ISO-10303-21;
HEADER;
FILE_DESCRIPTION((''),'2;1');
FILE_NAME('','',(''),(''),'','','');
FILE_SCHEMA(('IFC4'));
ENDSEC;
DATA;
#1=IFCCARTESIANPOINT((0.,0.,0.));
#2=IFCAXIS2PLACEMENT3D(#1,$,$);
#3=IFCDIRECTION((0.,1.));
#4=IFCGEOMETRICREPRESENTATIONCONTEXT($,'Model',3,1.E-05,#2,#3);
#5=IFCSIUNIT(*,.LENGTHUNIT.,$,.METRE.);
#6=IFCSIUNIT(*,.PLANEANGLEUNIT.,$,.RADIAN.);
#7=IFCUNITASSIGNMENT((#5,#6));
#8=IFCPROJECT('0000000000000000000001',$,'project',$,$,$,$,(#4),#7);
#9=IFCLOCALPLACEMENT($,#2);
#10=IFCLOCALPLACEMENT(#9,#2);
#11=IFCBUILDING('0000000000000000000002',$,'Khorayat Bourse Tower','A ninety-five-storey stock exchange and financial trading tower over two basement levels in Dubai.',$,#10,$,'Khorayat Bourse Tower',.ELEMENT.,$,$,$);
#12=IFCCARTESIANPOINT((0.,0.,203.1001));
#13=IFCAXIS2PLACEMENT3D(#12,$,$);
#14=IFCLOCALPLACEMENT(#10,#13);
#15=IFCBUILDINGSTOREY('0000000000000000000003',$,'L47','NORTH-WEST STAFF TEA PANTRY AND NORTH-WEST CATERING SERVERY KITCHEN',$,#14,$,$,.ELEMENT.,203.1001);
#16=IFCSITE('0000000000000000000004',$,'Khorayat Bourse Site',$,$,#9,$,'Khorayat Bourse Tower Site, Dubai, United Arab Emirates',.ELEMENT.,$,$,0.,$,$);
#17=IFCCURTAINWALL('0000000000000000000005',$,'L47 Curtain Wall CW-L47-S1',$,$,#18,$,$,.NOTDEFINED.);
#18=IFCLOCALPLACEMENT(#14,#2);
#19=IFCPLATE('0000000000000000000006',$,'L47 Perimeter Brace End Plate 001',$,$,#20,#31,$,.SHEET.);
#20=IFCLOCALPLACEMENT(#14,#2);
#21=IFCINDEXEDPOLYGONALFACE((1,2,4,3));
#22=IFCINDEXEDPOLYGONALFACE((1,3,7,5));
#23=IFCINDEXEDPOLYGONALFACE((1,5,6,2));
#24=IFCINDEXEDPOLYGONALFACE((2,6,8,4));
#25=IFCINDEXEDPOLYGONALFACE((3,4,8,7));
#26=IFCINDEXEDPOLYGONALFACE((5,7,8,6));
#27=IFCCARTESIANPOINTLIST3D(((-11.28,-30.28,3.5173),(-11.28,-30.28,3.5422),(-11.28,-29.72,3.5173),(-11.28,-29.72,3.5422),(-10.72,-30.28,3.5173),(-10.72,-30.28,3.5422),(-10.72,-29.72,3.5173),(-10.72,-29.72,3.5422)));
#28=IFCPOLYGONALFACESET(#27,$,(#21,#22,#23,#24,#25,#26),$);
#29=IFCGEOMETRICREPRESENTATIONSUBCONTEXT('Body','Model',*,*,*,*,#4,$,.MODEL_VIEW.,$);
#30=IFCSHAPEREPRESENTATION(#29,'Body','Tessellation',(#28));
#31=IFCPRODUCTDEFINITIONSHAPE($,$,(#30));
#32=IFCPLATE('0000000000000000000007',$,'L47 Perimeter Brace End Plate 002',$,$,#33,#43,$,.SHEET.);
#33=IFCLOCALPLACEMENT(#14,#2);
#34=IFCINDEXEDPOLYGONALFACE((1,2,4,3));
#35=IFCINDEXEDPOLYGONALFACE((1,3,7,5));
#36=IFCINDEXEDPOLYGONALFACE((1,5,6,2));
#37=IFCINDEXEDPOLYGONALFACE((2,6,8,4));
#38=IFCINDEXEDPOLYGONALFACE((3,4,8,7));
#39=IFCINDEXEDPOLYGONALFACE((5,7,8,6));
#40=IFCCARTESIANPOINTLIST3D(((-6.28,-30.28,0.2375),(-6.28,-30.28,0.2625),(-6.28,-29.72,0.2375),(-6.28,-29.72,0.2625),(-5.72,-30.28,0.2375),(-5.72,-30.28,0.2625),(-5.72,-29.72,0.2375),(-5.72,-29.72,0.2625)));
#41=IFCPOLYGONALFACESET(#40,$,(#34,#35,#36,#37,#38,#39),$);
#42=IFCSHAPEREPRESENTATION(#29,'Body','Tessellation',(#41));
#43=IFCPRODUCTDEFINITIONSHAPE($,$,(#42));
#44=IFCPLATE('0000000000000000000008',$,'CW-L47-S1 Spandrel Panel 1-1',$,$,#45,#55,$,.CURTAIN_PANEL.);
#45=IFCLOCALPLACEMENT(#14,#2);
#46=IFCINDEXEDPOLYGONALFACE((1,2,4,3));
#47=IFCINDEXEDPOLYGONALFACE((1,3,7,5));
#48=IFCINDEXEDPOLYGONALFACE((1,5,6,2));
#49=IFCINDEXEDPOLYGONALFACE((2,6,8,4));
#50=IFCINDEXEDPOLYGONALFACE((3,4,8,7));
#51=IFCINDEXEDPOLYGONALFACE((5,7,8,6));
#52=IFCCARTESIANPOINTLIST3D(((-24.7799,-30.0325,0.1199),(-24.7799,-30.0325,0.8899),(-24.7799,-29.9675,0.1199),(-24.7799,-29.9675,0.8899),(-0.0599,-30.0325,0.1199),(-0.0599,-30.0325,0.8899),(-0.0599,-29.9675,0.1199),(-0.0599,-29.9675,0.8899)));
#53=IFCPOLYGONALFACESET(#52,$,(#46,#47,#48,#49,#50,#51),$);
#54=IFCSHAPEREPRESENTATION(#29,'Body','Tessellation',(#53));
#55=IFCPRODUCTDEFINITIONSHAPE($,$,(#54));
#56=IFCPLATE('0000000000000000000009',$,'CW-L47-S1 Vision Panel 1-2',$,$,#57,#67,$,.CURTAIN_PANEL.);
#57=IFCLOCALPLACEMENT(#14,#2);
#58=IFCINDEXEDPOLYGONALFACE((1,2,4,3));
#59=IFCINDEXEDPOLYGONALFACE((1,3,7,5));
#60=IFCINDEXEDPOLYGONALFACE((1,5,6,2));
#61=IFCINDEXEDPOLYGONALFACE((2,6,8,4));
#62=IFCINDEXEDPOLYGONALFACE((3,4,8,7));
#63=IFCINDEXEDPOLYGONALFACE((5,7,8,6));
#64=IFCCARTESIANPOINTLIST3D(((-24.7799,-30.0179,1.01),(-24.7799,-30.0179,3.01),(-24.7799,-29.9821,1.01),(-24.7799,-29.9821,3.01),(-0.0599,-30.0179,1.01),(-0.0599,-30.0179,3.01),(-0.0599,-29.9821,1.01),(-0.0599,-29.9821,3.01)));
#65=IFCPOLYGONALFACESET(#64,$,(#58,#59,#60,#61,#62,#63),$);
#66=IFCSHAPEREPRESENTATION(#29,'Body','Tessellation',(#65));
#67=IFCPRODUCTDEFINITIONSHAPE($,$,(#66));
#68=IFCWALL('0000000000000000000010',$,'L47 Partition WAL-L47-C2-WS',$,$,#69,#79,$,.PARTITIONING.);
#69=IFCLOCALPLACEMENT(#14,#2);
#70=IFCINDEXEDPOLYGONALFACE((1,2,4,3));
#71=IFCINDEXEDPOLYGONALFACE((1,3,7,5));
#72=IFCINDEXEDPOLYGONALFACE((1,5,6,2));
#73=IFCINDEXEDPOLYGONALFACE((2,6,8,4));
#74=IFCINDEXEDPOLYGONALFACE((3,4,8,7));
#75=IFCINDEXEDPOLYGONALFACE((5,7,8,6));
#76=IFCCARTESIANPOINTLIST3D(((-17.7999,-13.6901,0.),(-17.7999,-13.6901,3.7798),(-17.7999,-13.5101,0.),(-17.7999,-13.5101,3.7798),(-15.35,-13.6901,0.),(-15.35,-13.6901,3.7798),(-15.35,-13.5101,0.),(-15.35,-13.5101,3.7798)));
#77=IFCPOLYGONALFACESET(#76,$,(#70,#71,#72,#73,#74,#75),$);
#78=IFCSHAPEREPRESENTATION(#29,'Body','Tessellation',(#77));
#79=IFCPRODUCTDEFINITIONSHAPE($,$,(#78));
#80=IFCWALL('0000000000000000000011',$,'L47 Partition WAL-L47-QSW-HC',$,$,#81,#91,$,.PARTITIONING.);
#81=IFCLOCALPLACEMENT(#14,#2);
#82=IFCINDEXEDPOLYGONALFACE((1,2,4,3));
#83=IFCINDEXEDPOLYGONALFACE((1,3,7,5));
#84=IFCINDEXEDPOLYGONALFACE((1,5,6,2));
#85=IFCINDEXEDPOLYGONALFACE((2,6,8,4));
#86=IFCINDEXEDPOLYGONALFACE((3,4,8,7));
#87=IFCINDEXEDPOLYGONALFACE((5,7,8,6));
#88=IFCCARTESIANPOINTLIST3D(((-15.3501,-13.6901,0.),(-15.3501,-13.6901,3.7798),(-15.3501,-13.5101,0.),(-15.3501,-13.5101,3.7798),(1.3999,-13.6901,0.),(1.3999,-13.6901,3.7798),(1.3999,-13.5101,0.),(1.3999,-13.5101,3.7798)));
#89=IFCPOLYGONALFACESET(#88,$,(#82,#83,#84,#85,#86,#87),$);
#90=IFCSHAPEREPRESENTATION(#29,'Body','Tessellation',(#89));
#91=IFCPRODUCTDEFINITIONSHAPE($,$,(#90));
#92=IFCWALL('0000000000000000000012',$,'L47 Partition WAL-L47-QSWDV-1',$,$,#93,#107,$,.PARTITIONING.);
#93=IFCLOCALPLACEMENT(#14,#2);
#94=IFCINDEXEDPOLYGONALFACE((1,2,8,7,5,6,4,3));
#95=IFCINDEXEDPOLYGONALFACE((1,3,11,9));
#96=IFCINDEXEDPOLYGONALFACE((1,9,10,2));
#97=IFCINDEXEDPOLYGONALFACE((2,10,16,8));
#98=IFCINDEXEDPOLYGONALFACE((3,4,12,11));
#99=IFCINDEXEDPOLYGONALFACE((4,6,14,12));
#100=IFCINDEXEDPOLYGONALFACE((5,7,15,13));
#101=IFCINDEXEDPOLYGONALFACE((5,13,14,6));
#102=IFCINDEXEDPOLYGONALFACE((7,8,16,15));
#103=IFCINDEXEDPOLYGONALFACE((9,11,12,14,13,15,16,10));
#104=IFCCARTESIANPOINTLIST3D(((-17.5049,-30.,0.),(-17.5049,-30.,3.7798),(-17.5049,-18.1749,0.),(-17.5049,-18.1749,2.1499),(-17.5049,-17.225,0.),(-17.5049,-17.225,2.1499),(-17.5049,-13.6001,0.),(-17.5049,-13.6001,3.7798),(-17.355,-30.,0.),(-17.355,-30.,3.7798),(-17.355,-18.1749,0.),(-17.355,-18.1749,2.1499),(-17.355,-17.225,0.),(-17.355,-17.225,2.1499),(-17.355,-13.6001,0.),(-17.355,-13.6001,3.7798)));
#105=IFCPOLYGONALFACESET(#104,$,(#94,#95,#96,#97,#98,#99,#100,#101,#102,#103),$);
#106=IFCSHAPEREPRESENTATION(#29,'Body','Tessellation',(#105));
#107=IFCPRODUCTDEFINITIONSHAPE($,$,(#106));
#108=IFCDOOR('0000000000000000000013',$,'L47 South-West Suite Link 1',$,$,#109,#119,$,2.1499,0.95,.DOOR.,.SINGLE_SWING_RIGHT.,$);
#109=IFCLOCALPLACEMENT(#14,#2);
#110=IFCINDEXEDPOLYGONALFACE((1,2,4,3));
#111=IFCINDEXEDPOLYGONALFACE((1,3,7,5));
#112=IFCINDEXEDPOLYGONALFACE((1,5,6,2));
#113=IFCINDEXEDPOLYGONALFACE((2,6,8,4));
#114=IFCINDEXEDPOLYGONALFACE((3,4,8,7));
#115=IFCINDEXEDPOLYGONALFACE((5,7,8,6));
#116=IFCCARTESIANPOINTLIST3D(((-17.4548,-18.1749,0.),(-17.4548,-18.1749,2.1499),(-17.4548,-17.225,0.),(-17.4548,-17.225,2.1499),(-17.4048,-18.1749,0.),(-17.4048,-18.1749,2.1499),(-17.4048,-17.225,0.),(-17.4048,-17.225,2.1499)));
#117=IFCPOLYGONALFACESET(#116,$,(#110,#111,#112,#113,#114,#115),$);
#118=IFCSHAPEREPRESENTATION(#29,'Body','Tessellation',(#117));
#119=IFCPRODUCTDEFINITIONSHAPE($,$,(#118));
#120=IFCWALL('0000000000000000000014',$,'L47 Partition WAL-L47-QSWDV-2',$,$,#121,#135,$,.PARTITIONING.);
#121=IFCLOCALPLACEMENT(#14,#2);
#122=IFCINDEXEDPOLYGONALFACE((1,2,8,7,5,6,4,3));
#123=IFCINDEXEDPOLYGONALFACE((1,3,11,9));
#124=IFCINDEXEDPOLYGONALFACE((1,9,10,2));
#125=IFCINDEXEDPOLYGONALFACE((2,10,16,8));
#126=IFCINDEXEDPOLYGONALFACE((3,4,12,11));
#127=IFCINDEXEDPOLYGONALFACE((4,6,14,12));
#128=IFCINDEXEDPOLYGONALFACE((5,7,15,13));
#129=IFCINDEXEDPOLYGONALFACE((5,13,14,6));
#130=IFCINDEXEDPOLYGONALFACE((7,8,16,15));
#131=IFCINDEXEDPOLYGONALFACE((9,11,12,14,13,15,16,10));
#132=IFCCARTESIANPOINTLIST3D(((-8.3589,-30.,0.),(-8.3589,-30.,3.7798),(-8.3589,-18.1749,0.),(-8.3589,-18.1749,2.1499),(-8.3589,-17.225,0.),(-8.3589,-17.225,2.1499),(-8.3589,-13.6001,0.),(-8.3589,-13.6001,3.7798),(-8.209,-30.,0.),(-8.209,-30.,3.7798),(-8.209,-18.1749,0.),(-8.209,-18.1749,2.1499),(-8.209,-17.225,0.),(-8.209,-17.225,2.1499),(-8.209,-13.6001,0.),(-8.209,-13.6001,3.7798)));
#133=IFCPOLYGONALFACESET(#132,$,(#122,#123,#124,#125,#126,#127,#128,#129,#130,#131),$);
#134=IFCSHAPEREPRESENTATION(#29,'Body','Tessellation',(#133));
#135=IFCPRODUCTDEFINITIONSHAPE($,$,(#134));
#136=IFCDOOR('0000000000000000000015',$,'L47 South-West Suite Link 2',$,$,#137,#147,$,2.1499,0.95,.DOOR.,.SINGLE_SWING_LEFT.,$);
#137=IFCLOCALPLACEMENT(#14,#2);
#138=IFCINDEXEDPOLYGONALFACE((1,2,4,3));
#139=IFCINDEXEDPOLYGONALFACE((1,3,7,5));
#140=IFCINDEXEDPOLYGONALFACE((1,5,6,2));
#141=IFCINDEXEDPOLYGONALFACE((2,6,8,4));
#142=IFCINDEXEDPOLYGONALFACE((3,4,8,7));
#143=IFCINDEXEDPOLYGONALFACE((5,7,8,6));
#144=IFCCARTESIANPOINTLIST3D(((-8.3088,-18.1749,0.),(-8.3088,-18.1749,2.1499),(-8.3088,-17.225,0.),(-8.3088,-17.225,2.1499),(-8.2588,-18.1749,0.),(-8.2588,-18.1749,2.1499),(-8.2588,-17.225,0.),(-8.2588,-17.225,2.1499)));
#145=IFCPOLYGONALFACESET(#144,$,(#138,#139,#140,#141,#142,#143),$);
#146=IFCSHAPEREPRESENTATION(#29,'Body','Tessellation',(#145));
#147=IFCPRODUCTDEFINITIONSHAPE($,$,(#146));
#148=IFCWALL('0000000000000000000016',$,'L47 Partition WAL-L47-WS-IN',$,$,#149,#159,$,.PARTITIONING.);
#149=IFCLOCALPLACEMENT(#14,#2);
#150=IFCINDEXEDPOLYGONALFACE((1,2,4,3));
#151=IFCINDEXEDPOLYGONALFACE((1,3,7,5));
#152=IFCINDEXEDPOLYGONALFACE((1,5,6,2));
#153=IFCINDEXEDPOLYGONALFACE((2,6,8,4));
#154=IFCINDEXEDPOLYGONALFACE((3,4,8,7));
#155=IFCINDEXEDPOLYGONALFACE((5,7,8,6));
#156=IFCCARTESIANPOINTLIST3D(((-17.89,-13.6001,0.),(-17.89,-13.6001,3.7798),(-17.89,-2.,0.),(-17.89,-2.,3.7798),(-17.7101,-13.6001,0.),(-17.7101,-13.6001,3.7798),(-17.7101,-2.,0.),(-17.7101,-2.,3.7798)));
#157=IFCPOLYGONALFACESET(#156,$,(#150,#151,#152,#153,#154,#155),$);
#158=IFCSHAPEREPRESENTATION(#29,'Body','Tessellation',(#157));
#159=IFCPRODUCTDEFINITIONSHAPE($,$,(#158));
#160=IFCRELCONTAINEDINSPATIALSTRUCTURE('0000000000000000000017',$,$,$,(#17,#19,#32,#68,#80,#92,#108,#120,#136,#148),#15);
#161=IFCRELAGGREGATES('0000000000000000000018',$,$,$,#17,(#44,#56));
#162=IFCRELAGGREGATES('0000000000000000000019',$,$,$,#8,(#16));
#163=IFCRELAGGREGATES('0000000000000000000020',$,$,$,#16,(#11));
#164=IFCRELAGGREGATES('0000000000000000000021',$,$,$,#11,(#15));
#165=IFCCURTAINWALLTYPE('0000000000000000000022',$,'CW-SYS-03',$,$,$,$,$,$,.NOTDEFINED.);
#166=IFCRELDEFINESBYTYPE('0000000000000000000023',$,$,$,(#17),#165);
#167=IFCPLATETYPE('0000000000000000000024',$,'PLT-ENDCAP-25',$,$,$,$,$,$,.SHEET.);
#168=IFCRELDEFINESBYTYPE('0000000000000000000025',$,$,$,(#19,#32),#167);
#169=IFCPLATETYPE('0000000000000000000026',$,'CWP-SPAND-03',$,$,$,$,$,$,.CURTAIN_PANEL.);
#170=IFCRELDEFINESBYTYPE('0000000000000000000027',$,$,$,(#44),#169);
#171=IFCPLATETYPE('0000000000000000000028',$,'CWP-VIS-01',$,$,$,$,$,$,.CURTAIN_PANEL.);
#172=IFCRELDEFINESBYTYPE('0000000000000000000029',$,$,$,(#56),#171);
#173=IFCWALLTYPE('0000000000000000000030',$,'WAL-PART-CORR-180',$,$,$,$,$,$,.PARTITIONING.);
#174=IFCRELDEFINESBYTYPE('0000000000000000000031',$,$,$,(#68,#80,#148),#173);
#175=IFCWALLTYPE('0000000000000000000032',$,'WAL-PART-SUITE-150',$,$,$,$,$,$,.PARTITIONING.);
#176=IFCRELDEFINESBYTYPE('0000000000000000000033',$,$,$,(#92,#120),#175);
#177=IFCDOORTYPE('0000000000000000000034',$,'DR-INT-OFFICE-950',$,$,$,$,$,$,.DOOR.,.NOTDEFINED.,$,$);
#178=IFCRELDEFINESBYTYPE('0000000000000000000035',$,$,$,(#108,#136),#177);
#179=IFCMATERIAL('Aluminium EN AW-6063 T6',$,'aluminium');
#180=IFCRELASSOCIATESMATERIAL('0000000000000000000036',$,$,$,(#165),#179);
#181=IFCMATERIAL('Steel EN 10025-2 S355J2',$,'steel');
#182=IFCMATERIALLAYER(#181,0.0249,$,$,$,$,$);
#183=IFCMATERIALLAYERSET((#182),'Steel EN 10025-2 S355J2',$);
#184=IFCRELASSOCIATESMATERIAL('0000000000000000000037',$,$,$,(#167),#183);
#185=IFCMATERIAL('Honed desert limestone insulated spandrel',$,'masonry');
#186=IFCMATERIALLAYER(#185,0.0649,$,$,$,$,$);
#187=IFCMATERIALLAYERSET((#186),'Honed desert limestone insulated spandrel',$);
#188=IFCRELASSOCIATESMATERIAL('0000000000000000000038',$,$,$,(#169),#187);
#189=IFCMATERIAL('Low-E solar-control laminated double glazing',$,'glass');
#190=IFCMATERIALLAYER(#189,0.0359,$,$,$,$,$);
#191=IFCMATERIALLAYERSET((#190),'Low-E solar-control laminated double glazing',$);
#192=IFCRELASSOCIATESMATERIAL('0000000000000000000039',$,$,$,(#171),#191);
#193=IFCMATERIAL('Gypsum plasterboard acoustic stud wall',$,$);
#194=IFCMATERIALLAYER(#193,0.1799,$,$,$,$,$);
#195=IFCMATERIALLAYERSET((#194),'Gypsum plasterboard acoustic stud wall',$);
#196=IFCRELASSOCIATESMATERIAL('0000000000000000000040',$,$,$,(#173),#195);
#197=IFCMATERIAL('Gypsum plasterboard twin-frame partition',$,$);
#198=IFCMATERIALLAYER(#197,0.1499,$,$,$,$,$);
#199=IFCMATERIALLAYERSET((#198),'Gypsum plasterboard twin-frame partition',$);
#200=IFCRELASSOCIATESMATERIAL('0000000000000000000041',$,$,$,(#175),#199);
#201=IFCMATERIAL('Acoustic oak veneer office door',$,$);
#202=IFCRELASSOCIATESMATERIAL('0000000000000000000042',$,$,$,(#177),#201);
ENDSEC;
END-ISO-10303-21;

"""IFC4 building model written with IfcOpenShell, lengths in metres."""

from ifc_helpers import new_model, si_unit, direction, frame, frame_2d, origin, origin_2d, place, context, subcontext, project, spatial, rectangle, extrude, source, transform, mapped, material, layer, layer_set, type_object, element, fill, aggregate, save


model = new_model("IFC4")

# Units and contexts
model_context = context("Model", 3, precision=1e-05, world=origin(), true_north=direction((0.0, 1.0)))
body_context = subcontext(model_context, "Body", "Model", "MODEL_VIEW")
ifc_project = project(units=[si_unit("LENGTHUNIT", "METRE"), si_unit("PLANEANGLEUNIT", "RADIAN")], contexts=[model_context])

# Site, building, storey
site_placement = place(None, origin())
site = spatial("IfcSite", under=ifc_project, at=site_placement, Name="Khorayat Bourse Site", LongName="Khorayat Bourse Tower Site, Dubai, United Arab Emirates", CompositionType="ELEMENT", RefElevation=0.0)
building_placement = place(site_placement, origin())
building = spatial("IfcBuilding", under=site, at=building_placement, Name="Khorayat Bourse Tower", Description="A ninety-five-storey stock exchange and financial trading tower over two basement levels in Dubai.", LongName="Khorayat Bourse Tower", CompositionType="ELEMENT")
storey_placement = place(building_placement, frame((0.0, 0.0, 203.1001)))
storey = spatial("IfcBuildingStorey", under=building, at=storey_placement, Name="L47", Description="NORTH-WEST STAFF TEA PANTRY AND NORTH-WEST CATERING SERVERY KITCHEN", CompositionType="ELEMENT", Elevation=203.1001)

# Curtain wall
ifc_material_1 = material(Name="Aluminium EN AW-6063 T6", Category="aluminium")
curtain_wall_type = type_object("IfcCurtainWallType", Name="CW-SYS-03", PredefinedType="NOTDEFINED", material=ifc_material_1)
curtain_wall_placement = place(storey_placement, origin())
curtain_wall = element("IfcCurtainWall", 1, at=curtain_wall_placement, inside=storey, type_object=curtain_wall_type, Name="L47 Curtain Wall CW-L47-S1", PredefinedType="NOTDEFINED")

# Plates
ifc_material_2 = material(Name="Steel EN 10025-2 S355J2", Category="steel")
ifc_layer_1 = layer(ifc_material_2, 0.0249)
ifc_layer_set_1 = layer_set([ifc_layer_1], Name="Steel EN 10025-2 S355J2")
plate_type_1 = type_object("IfcPlateType", Name="PLT-ENDCAP-25", PredefinedType="SHEET", material=ifc_layer_set_1)
shared_shape_1 = source(origin(), body_context, "Body", "SweptSolid", [
    extrude(rectangle(XDim=0.5601, YDim=0.5601, at=origin_2d()), origin(), (0.0, 0.0, 1.0), 0.0249),
])
for number, where, z_axis, x_axis, name in (
    (2, (-11.0, -30.0, 3.5173), (0.0, 0.0, 1.0), (1.0, 0.0, 0.0), "L47 Perimeter Brace End Plate 001"),
    (3, (-6.0, -30.0, 0.2375), (0.0, 0.0, 1.0), (1.0, 0.0, 0.0), "L47 Perimeter Brace End Plate 002"),
):
    element("IfcPlate", number, at=place(storey_placement, frame(where, z_axis=z_axis, x_axis=x_axis)), inside=storey, type_object=plate_type_1, Name=name, PredefinedType="SHEET", context=body_context, shape_type="MappedRepresentation", body=[
        mapped(shared_shape_1, transform((0.0, 0.0, 0.0), scale=1.0)),
    ])

# Plates
ifc_material_3 = material(Name="Honed desert limestone insulated spandrel", Category="masonry")
ifc_layer_2 = layer(ifc_material_3, 0.0649)
ifc_layer_set_2 = layer_set([ifc_layer_2], Name="Honed desert limestone insulated spandrel")
plate_type_2 = type_object("IfcPlateType", Name="CWP-SPAND-03", PredefinedType="CURTAIN_PANEL", material=ifc_layer_set_2)
shared_shape_2 = source(origin(), body_context, "Body", "SweptSolid", [
    extrude(rectangle(XDim=24.72, YDim=0.0649, at=origin_2d()), origin(), (0.0, 0.0, 1.0), 0.77),
])
plate_1_placement = place(storey_placement, frame((-12.4199, -30.0, 0.1199), z_axis=(0.0, 0.0, 1.0), x_axis=(1.0, 0.0, 0.0)))
plate_1 = element("IfcPlate", 4, at=plate_1_placement, type_object=plate_type_2, Name="CW-L47-S1 Spandrel Panel 1-1", PredefinedType="CURTAIN_PANEL", context=body_context, shape_type="MappedRepresentation", body=[
    mapped(shared_shape_2, transform((0.0, 0.0, 0.0), scale=1.0)),
])
ifc_material_4 = material(Name="Low-E solar-control laminated double glazing", Category="glass")
ifc_layer_3 = layer(ifc_material_4, 0.0359)
ifc_layer_set_3 = layer_set([ifc_layer_3], Name="Low-E solar-control laminated double glazing")
plate_type_3 = type_object("IfcPlateType", Name="CWP-VIS-01", PredefinedType="CURTAIN_PANEL", material=ifc_layer_set_3)
shared_shape_3 = source(origin(), body_context, "Body", "SweptSolid", [
    extrude(rectangle(XDim=24.72, YDim=0.0359, at=origin_2d()), origin(), (0.0, 0.0, 1.0), 2.0),
])
plate_2_placement = place(storey_placement, frame((-12.4199, -30.0, 1.01), z_axis=(0.0, 0.0, 1.0), x_axis=(1.0, 0.0, 0.0)))
plate_2 = element("IfcPlate", 5, at=plate_2_placement, type_object=plate_type_3, Name="CW-L47-S1 Vision Panel 1-2", PredefinedType="CURTAIN_PANEL", context=body_context, shape_type="MappedRepresentation", body=[
    mapped(shared_shape_3, transform((0.0, 0.0, 0.0), scale=1.0)),
])
aggregate(curtain_wall, [plate_1, plate_2])

# Walls
ifc_material_5 = material(Name="Gypsum plasterboard acoustic stud wall")
ifc_layer_4 = layer(ifc_material_5, 0.1799)
ifc_layer_set_4 = layer_set([ifc_layer_4], Name="Gypsum plasterboard acoustic stud wall")
wall_type_1 = type_object("IfcWallType", Name="WAL-PART-CORR-180", PredefinedType="PARTITIONING", material=ifc_layer_set_4)
shared_shape_4 = source(origin(), body_context, "Body", "SweptSolid", [
    extrude(rectangle(XDim=2.45, YDim=0.1799, at=frame_2d((1.2251, 0.0))), origin(), (0.0, 0.0, 1.0), 3.7798),
])
wall_1_placement = place(storey_placement, frame((-17.8, -13.6001, 0.0), z_axis=(0.0, 0.0, 1.0), x_axis=(1.0, 0.0, 0.0)))
element("IfcWall", 6, at=wall_1_placement, inside=storey, type_object=wall_type_1, Name="L47 Partition WAL-L47-C2-WS", PredefinedType="PARTITIONING", context=body_context, shape_type="MappedRepresentation", body=[
    mapped(shared_shape_4, transform((0.0, 0.0, 0.0), scale=1.0)),
])
shared_shape_5 = source(origin(), body_context, "Body", "SweptSolid", [
    extrude(rectangle(XDim=16.75, YDim=0.1799, at=frame_2d((8.375, 0.0))), origin(), (0.0, 0.0, 1.0), 3.7798),
])
wall_2_placement = place(storey_placement, frame((-15.3501, -13.6001, 0.0), z_axis=(0.0, 0.0, 1.0), x_axis=(1.0, 0.0, 0.0)))
element("IfcWall", 7, at=wall_2_placement, inside=storey, type_object=wall_type_1, Name="L47 Partition WAL-L47-QSW-HC", PredefinedType="PARTITIONING", context=body_context, shape_type="MappedRepresentation", body=[
    mapped(shared_shape_5, transform((0.0, 0.0, 0.0), scale=1.0)),
])

# Walls, openings, doors
ifc_material_6 = material(Name="Gypsum plasterboard twin-frame partition")
ifc_layer_5 = layer(ifc_material_6, 0.1499)
ifc_layer_set_5 = layer_set([ifc_layer_5], Name="Gypsum plasterboard twin-frame partition")
wall_type_2 = type_object("IfcWallType", Name="WAL-PART-SUITE-150", PredefinedType="PARTITIONING", material=ifc_layer_set_5)
shared_shape_6 = source(origin(), body_context, "Body", "SweptSolid", [
    extrude(rectangle(XDim=16.3999, YDim=0.1499, at=frame_2d((8.2, 0.0))), origin(), (0.0, 0.0, 1.0), 3.7798),
])
wall_3_placement = place(storey_placement, frame((-17.4299, -30.0, 0.0), z_axis=(0.0, 0.0, 1.0), x_axis=(0.0, 1.0, 0.0)))
wall_3 = element("IfcWall", 8, at=wall_3_placement, inside=storey, type_object=wall_type_2, Name="L47 Partition WAL-L47-QSWDV-1", PredefinedType="PARTITIONING", context=body_context, shape_type="MappedRepresentation", body=[
    mapped(shared_shape_6, transform((0.0, 0.0, 0.0), scale=1.0)),
])
shared_shape_7 = source(origin(), body_context, "Body", "SweptSolid", [
    extrude(rectangle(XDim=0.95, YDim=2.1499, at=frame_2d((0.4751, 1.075))), frame((0.0, 0.085, 0.0), z_axis=(0.0, -1.0, 0.0), x_axis=(1.0, 0.0, 0.0)), (0.0, 0.0, 1.0), 0.1699),
])
opening_1_placement = place(wall_3_placement, frame((11.825, 0.0, 0.0)))
opening_1 = element("IfcOpeningElement", 9, at=opening_1_placement, cuts=wall_3, PredefinedType="OPENING", context=body_context, shape_type="MappedRepresentation", body=[
    mapped(shared_shape_7, transform((0.0, 0.0, 0.0), scale=1.0)),
])
ifc_material_7 = material(Name="Acoustic oak veneer office door")
door_type = type_object("IfcDoorType", Name="DR-INT-OFFICE-950", OperationType="NOTDEFINED", PredefinedType="DOOR", material=ifc_material_7)
shared_shape_8 = source(origin(), body_context, "Body", "SweptSolid", [
    extrude(rectangle(XDim=0.95, YDim=2.1499, at=frame_2d((0.4751, 1.075))), frame((0.0, 0.0249, 0.0), z_axis=(0.0, -1.0, 0.0), x_axis=(1.0, 0.0, 0.0)), (0.0, 0.0, 1.0), 0.05),
])
door_1_placement = place(opening_1_placement, origin())
door_1 = element("IfcDoor", 10, at=door_1_placement, inside=storey, type_object=door_type, Name="L47 South-West Suite Link 1", OperationType="SINGLE_SWING_RIGHT", OverallHeight=2.1499, OverallWidth=0.95, PredefinedType="DOOR", context=body_context, shape_type="MappedRepresentation", body=[
    mapped(shared_shape_8, transform((0.0, 0.0, 0.0), scale=1.0)),
])
fill(opening_1, door_1)
wall_4_placement = place(storey_placement, frame((-8.2839, -30.0, 0.0), z_axis=(0.0, 0.0, 1.0), x_axis=(0.0, 1.0, 0.0)))
wall_4 = element("IfcWall", 11, at=wall_4_placement, inside=storey, type_object=wall_type_2, Name="L47 Partition WAL-L47-QSWDV-2", PredefinedType="PARTITIONING", context=body_context, shape_type="MappedRepresentation", body=[
    mapped(shared_shape_6, transform((0.0, 0.0, 0.0), scale=1.0)),
])
opening_2_placement = place(wall_4_placement, frame((11.825, 0.0, 0.0)))
opening_2 = element("IfcOpeningElement", 12, at=opening_2_placement, cuts=wall_4, PredefinedType="OPENING", context=body_context, shape_type="MappedRepresentation", body=[
    mapped(shared_shape_7, transform((0.0, 0.0, 0.0), scale=1.0)),
])
door_2_placement = place(opening_2_placement, origin())
door_2 = element("IfcDoor", 13, at=door_2_placement, inside=storey, type_object=door_type, Name="L47 South-West Suite Link 2", OperationType="SINGLE_SWING_LEFT", OverallHeight=2.1499, OverallWidth=0.95, PredefinedType="DOOR", context=body_context, shape_type="MappedRepresentation", body=[
    mapped(shared_shape_8, transform((0.0, 0.0, 0.0), scale=1.0)),
])
fill(opening_2, door_2)

# Wall
shared_shape_9 = source(origin(), body_context, "Body", "SweptSolid", [
    extrude(rectangle(XDim=11.6001, YDim=0.1799, at=frame_2d((5.8, 0.0))), origin(), (0.0, 0.0, 1.0), 3.7798),
])
wall_5_placement = place(storey_placement, frame((-17.8, -13.6001, 0.0), z_axis=(0.0, 0.0, 1.0), x_axis=(0.0, 1.0, 0.0)))
element("IfcWall", 14, at=wall_5_placement, inside=storey, type_object=wall_type_1, Name="L47 Partition WAL-L47-WS-IN", PredefinedType="PARTITIONING", context=body_context, shape_type="MappedRepresentation", body=[
    mapped(shared_shape_9, transform((0.0, 0.0, 0.0), scale=1.0)),
])

save(model, "model.ifc")
